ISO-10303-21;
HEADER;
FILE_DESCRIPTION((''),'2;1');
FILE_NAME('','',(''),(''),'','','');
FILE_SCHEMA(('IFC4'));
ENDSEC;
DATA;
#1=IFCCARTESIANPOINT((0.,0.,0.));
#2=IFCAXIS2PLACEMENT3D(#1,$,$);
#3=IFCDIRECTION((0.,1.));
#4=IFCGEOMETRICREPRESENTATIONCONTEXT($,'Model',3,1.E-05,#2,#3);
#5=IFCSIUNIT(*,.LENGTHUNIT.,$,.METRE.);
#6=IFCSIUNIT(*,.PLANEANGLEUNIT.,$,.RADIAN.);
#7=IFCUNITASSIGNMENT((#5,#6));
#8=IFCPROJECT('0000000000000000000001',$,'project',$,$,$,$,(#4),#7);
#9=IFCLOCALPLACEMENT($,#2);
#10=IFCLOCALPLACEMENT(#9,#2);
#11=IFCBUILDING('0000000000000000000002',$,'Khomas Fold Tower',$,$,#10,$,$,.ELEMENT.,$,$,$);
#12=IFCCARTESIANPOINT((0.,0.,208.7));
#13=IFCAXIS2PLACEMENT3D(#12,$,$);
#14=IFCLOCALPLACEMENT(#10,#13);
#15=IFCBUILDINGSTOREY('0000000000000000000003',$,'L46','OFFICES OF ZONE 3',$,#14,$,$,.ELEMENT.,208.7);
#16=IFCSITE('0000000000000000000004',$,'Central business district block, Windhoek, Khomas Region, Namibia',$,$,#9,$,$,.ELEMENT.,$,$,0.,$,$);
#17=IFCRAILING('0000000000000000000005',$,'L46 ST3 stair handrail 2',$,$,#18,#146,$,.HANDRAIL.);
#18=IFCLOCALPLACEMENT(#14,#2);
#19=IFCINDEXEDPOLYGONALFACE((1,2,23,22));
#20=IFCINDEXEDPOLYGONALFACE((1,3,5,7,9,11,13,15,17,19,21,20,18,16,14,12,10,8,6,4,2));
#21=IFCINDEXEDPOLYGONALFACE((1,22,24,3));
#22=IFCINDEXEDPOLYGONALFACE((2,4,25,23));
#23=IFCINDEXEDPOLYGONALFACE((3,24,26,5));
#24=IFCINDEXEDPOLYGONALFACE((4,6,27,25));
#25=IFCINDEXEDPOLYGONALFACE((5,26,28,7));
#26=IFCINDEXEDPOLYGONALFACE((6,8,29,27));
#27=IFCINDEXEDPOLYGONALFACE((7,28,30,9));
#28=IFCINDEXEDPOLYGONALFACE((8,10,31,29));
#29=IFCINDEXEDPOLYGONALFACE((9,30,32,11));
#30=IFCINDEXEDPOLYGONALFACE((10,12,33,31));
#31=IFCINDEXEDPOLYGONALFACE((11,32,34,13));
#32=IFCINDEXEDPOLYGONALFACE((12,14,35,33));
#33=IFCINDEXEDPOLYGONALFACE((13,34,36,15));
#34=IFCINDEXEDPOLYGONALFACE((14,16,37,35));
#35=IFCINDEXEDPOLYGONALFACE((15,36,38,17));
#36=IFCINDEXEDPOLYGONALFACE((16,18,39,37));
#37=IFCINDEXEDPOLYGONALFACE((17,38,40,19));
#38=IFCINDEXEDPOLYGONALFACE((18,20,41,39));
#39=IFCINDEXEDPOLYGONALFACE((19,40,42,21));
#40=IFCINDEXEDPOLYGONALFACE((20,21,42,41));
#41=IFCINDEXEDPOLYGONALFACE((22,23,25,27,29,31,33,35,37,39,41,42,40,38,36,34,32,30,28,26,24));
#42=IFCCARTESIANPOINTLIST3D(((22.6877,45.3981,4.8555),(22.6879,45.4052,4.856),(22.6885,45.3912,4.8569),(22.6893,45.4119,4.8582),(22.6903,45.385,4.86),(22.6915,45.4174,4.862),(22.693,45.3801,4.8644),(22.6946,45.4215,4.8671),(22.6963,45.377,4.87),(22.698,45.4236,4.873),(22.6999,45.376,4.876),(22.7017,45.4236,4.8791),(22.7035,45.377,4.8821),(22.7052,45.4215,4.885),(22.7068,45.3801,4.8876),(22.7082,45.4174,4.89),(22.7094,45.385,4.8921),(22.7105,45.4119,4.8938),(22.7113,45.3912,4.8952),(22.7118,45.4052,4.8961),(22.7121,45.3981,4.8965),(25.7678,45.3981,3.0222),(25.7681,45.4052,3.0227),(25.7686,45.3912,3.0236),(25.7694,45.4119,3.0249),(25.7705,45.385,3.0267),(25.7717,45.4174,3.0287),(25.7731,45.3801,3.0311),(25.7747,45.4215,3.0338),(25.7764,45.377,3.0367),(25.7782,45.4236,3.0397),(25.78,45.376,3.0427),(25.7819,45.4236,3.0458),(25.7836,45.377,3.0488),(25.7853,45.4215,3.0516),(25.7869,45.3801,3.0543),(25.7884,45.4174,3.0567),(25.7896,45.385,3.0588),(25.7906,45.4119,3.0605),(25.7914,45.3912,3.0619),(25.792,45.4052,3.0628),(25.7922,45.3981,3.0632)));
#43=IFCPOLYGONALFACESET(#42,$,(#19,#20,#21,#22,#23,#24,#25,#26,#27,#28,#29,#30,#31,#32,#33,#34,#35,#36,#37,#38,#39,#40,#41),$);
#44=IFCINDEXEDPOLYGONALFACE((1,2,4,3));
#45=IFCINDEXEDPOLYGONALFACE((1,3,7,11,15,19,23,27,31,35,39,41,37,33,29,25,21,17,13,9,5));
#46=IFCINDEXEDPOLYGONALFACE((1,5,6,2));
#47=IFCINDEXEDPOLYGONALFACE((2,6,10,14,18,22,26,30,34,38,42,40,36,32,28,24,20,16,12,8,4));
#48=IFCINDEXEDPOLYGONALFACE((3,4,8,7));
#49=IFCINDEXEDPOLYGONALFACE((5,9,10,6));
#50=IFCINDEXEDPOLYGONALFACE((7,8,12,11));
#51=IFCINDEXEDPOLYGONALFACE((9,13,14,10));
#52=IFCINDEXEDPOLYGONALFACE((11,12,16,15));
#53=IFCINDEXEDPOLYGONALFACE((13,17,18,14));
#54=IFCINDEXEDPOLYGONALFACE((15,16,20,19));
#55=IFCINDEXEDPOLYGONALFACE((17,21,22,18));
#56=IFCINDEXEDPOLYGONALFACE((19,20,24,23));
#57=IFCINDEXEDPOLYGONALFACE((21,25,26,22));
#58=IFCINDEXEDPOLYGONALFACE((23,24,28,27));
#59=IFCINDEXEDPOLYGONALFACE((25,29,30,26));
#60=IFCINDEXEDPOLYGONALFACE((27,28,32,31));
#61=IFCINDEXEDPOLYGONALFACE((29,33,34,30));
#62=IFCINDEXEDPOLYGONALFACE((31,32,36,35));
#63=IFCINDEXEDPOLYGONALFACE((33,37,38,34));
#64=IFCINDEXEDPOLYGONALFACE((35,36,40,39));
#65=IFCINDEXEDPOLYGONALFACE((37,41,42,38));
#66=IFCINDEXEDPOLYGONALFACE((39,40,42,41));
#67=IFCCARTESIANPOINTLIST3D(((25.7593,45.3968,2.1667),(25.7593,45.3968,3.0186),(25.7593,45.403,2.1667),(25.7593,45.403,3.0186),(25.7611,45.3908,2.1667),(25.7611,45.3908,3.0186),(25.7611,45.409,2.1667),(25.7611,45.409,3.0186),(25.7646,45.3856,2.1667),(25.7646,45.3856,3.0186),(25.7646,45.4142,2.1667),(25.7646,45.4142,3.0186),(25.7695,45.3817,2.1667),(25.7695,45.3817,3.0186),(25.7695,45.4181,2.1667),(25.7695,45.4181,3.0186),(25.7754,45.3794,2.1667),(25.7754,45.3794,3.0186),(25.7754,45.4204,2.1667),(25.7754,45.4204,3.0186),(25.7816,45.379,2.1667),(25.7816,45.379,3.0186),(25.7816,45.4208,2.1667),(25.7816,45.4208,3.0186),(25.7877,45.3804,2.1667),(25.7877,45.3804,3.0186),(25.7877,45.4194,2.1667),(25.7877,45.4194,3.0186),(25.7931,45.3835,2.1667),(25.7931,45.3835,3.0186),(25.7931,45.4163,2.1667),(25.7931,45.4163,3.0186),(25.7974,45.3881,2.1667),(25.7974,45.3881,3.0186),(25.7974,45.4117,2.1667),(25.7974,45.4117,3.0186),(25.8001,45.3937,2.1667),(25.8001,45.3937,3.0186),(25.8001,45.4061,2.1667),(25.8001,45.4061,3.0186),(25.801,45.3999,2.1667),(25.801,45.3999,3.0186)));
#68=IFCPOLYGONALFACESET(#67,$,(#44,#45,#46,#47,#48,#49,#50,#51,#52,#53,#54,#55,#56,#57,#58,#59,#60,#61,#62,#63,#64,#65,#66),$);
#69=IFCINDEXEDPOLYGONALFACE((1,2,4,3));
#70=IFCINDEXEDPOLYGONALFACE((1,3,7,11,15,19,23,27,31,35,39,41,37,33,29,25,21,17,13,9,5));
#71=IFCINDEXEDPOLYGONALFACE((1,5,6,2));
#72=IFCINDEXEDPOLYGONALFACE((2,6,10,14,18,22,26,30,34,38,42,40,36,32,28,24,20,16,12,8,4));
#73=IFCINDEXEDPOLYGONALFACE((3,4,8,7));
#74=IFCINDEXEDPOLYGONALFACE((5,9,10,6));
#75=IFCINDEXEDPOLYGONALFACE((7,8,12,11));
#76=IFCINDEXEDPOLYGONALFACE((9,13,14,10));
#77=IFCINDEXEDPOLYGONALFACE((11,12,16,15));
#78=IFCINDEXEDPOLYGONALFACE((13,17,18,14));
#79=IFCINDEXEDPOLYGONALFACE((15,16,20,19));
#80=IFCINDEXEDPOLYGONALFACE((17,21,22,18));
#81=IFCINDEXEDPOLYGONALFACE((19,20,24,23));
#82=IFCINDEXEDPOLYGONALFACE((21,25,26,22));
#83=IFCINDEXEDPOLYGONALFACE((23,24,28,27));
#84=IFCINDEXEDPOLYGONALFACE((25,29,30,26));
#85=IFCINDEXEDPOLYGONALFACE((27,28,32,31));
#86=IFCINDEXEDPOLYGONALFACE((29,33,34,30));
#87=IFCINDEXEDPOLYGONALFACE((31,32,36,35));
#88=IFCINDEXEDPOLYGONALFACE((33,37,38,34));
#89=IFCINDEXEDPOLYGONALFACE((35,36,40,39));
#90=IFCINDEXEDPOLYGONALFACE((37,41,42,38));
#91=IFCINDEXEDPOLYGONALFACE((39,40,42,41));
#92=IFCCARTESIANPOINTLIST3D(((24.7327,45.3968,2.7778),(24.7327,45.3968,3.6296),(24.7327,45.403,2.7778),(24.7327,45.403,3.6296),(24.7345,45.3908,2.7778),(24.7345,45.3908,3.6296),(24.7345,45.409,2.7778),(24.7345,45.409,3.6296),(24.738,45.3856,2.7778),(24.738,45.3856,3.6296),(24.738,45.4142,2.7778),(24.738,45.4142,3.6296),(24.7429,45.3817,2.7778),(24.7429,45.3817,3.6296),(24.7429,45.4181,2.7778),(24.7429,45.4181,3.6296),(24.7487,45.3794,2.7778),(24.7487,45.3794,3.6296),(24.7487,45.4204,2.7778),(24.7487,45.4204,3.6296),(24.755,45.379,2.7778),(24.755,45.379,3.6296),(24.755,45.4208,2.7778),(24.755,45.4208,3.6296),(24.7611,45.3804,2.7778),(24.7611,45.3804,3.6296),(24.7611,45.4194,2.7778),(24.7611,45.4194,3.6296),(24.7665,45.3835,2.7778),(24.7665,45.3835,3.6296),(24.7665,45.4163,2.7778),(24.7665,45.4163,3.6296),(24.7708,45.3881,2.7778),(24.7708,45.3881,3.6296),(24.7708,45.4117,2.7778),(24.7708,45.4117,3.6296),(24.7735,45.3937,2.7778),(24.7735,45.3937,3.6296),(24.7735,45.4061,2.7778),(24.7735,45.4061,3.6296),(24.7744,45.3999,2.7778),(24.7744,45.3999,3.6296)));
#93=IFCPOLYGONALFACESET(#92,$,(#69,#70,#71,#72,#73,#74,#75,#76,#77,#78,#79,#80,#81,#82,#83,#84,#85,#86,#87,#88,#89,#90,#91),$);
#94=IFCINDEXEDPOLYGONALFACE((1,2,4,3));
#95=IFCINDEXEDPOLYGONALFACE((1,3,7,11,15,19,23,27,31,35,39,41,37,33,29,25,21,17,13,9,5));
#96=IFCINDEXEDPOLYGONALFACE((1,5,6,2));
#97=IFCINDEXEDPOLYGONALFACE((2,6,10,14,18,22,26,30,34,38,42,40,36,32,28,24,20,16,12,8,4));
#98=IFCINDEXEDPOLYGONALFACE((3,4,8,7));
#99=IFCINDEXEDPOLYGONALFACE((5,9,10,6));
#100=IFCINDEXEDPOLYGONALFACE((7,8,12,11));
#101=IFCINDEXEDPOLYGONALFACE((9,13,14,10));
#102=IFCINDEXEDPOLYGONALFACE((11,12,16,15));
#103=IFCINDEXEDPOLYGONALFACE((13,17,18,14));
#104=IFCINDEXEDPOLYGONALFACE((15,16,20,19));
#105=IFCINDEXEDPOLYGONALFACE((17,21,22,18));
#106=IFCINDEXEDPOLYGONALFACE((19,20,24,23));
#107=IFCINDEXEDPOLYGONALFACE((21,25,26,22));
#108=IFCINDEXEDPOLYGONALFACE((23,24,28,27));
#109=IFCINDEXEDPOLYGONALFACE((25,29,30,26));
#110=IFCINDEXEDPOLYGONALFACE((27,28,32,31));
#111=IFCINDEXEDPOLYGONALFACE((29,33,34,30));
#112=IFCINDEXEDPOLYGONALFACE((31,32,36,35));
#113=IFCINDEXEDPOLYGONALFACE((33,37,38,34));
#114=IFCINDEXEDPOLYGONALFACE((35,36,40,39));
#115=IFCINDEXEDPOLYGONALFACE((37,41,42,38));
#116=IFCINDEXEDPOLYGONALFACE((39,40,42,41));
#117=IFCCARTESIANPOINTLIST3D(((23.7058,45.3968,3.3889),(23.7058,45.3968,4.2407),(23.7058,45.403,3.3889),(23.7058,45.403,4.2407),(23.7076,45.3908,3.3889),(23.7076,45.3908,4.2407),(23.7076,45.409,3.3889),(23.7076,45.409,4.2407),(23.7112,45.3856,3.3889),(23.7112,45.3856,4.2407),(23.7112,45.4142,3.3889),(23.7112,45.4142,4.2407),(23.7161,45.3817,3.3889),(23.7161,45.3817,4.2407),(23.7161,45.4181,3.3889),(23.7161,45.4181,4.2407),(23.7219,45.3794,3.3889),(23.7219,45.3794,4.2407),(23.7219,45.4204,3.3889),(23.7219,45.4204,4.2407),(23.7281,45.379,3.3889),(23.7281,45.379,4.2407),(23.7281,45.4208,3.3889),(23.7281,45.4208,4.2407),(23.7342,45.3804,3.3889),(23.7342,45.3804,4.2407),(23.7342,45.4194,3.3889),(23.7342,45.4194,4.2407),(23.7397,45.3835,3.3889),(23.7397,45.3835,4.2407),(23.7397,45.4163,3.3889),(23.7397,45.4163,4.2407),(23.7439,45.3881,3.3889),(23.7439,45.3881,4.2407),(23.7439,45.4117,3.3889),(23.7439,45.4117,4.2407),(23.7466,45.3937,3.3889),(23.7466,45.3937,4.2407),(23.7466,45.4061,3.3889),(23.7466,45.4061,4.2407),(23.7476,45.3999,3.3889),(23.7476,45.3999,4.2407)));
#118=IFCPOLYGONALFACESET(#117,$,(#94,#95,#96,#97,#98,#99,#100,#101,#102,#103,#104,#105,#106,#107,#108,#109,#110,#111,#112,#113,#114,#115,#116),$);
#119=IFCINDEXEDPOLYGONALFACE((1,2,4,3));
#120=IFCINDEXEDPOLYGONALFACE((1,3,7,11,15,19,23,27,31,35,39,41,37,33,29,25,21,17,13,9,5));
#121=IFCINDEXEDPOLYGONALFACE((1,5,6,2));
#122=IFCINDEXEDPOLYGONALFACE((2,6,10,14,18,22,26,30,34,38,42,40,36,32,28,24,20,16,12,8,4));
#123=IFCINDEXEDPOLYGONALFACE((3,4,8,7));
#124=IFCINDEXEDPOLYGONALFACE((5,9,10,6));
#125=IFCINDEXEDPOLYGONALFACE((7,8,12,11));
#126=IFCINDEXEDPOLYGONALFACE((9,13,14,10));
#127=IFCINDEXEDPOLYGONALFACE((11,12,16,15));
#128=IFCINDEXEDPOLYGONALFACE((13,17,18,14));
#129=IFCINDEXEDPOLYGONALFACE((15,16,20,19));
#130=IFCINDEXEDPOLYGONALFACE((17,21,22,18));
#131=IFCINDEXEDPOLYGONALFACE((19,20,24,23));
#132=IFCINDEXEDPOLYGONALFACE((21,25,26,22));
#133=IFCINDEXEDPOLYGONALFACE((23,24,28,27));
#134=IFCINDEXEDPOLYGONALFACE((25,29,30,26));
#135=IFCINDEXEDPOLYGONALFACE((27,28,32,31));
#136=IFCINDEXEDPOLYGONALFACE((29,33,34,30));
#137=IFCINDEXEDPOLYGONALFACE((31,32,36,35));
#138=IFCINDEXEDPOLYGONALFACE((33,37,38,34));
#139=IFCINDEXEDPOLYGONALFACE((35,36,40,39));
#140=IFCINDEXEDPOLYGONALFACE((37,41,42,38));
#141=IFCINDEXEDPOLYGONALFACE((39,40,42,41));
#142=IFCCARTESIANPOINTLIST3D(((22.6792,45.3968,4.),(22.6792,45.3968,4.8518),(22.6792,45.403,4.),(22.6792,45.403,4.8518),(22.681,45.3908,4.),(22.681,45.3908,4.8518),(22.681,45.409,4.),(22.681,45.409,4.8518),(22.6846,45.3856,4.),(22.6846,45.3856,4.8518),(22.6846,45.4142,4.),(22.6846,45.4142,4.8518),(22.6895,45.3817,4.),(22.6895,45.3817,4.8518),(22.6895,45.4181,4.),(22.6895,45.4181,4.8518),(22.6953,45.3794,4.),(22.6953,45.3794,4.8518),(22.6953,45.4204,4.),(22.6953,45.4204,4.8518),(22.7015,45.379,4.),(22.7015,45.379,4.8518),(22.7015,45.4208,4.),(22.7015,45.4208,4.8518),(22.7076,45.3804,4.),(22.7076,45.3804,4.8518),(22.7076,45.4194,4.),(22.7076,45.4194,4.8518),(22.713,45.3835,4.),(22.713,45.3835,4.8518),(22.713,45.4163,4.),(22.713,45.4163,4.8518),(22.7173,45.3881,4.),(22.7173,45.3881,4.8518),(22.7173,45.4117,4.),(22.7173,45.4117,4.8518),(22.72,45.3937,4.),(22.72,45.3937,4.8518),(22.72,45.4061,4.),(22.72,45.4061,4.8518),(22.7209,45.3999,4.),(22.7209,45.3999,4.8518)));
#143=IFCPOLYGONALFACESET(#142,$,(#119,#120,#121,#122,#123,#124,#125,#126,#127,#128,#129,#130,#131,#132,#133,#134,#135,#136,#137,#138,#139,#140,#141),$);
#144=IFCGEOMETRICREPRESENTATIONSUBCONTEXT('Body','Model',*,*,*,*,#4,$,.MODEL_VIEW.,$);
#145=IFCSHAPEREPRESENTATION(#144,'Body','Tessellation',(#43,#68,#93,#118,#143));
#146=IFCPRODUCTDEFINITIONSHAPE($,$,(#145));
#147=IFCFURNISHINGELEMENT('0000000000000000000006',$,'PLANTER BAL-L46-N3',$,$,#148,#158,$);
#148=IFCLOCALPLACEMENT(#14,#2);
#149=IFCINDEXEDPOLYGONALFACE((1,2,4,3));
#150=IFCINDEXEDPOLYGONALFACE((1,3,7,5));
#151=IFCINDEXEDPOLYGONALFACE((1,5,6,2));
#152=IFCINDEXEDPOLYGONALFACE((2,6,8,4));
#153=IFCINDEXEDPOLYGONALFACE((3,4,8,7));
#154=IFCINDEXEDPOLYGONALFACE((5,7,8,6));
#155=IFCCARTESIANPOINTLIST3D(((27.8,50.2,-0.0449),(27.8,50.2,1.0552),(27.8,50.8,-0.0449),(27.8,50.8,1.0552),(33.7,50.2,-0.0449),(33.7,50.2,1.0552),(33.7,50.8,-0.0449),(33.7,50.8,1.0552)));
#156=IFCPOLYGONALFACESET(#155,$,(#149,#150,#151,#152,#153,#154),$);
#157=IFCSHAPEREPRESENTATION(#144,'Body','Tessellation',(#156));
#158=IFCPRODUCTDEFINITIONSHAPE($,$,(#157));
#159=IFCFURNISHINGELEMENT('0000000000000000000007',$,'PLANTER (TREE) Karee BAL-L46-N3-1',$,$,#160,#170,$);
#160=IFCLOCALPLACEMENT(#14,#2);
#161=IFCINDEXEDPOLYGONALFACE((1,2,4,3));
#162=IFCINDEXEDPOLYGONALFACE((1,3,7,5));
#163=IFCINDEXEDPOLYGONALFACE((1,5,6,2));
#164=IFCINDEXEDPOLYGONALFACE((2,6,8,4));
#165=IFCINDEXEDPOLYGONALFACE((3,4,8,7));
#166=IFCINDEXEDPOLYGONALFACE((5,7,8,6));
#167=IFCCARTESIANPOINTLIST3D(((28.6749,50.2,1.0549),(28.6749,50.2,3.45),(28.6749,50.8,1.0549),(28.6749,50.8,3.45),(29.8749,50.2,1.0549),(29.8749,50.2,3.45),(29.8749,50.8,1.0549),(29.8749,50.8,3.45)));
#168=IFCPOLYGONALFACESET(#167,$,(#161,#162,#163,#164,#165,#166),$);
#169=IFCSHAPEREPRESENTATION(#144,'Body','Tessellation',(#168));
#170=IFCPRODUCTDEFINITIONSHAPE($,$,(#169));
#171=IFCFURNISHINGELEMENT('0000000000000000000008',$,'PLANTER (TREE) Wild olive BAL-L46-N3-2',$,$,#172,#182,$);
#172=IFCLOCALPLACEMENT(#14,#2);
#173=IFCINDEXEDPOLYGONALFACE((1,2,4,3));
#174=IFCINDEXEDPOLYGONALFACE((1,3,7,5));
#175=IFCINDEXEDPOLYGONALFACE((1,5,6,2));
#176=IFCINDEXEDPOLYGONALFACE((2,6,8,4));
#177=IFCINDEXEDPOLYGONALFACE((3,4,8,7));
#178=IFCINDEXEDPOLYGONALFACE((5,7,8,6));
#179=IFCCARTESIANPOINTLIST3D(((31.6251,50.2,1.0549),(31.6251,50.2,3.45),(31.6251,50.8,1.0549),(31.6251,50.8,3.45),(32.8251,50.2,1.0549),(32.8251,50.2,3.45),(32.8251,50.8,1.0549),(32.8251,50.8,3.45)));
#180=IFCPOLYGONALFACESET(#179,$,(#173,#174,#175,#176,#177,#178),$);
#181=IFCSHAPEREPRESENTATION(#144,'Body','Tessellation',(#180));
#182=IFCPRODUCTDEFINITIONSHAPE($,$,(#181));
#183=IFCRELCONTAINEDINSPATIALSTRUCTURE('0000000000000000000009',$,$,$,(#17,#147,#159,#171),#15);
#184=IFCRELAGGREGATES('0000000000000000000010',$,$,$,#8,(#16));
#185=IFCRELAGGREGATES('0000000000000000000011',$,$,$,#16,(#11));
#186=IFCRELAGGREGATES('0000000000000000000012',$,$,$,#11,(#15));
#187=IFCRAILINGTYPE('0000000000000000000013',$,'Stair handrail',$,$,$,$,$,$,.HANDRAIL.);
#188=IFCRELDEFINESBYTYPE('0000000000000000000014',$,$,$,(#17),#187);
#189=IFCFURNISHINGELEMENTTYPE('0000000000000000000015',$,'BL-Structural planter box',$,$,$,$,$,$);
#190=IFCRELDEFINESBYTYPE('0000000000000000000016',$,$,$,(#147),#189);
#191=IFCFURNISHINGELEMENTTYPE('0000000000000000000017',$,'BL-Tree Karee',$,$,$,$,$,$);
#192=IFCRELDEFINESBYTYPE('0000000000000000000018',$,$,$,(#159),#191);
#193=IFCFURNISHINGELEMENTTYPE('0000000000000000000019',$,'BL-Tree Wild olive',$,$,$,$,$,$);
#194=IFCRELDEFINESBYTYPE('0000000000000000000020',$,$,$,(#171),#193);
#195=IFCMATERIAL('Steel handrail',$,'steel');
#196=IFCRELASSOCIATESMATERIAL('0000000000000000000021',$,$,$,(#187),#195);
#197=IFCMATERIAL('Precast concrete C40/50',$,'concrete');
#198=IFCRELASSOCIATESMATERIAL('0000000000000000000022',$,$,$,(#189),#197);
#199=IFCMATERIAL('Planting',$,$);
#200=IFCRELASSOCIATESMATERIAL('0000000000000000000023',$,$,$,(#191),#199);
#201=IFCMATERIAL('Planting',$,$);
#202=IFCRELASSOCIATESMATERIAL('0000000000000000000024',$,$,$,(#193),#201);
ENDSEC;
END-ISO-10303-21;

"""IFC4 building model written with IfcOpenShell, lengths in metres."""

from ifc_helpers import new_model, si_unit, direction, frame, origin, origin_2d, place, context, subcontext, project, spatial, rectangle, circle, extrude, source, transform, mapped, material, type_object, element, save


model = new_model("IFC4")

# Units and contexts
model_context = context("Model", 3, precision=1e-05, world=origin(), true_north=direction((0.0, 1.0)))
body_context = subcontext(model_context, "Body", "Model", "MODEL_VIEW")
ifc_project = project(units=[si_unit("LENGTHUNIT", "METRE"), si_unit("PLANEANGLEUNIT", "RADIAN")], contexts=[model_context])

# Site, building, storey
site_placement = place(None, origin())
site = spatial("IfcSite", under=ifc_project, at=site_placement, Name="Central business district block, Windhoek, Khomas Region, Namibia", CompositionType="ELEMENT", RefElevation=0.0)
building_placement = place(site_placement, origin())
building = spatial("IfcBuilding", under=site, at=building_placement, Name="Khomas Fold Tower", CompositionType="ELEMENT")
storey_placement = place(building_placement, frame((0.0, 0.0, 208.7)))
storey = spatial("IfcBuildingStorey", under=building, at=storey_placement, Name="L46", Description="OFFICES OF ZONE 3", CompositionType="ELEMENT", Elevation=208.7)

# Railing
ifc_material_1 = material(Name="Steel handrail", Category="steel")
railing_type_1 = type_object("IfcRailingType", Name="Stair handrail", PredefinedType="HANDRAIL", material=ifc_material_1)
shared_shape_1 = source(origin(), body_context, "Body", "SweptSolid", [
    extrude(circle(Radius=0.0239, at=origin_2d()), frame((0.0, 0.0, 0.876), z_axis=(-0.859309, 0.0, 0.511458), x_axis=(0.0, -1.0, 0.0)), (0.0, 0.0, 1.0), 3.5845),
    extrude(circle(Radius=0.021, at=origin_2d()), origin(), (0.0, 0.0, 1.0), 0.8518),
    extrude(circle(Radius=0.021, at=origin_2d()), frame((-1.0266, 0.0, 0.6111)), (0.0, 0.0, 1.0), 0.8518),
    extrude(circle(Radius=0.021, at=origin_2d()), frame((-2.0535, 0.0, 1.2222)), (0.0, 0.0, 1.0), 0.8518),
    extrude(circle(Radius=0.021, at=origin_2d()), frame((-3.0801, 0.0, 1.8333)), (0.0, 0.0, 1.0), 0.8518),
])
railing_1_placement = place(storey_placement, frame((25.78, 45.3999, 2.1667)))
element("IfcRailing", 1, at=railing_1_placement, inside=storey, type_object=railing_type_1, Name="L46 ST3 stair handrail 2", PredefinedType="HANDRAIL", context=body_context, shape_type="MappedRepresentation", body=[
    mapped(shared_shape_1, transform((0.0, 0.0, 0.0))),
])

# Furnishing elements
ifc_material_2 = material(Name="Precast concrete C40/50", Category="concrete")
furnishing_element_type_1 = type_object("IfcFurnishingElementType", Name="BL-Structural planter box", material=ifc_material_2)
shared_shape_2 = source(origin(), body_context, "Body", "SweptSolid", [
    extrude(rectangle(XDim=5.8999, YDim=0.6001, at=origin_2d()), origin(), (0.0, 0.0, 1.0), 1.1001),
])
furnishing_1_placement = place(storey_placement, frame((30.75, 50.5, -0.0449), z_axis=(0.0, 0.0, 1.0), x_axis=(1.0, 0.0, 0.0)))
element("IfcFurnishingElement", 2, at=furnishing_1_placement, inside=storey, type_object=furnishing_element_type_1, Name="PLANTER BAL-L46-N3", context=body_context, shape_type="MappedRepresentation", body=[
    mapped(shared_shape_2, transform((0.0, 0.0, 0.0))),
])
ifc_material_3 = material(Name="Planting")
furnishing_element_type_2 = type_object("IfcFurnishingElementType", Name="BL-Tree Karee", material=ifc_material_3)
shared_shape_3 = source(origin(), body_context, "Body", "SweptSolid", [
    extrude(rectangle(XDim=1.2, YDim=0.6001, at=origin_2d()), origin(), (0.0, 0.0, 1.0), 2.395),
])
furnishing_2_placement = place(storey_placement, frame((29.2749, 50.5, 1.0549), z_axis=(0.0, 0.0, 1.0), x_axis=(1.0, 0.0, 0.0)))
element("IfcFurnishingElement", 3, at=furnishing_2_placement, inside=storey, type_object=furnishing_element_type_2, Name="PLANTER (TREE) Karee BAL-L46-N3-1", context=body_context, shape_type="MappedRepresentation", body=[
    mapped(shared_shape_3, transform((0.0, 0.0, 0.0))),
])
ifc_material_4 = material(Name="Planting")
furnishing_element_type_3 = type_object("IfcFurnishingElementType", Name="BL-Tree Wild olive", material=ifc_material_4)
furnishing_3_placement = place(storey_placement, frame((32.2251, 50.5, 1.0549), z_axis=(0.0, 0.0, 1.0), x_axis=(1.0, 0.0, 0.0)))
element("IfcFurnishingElement", 4, at=furnishing_3_placement, inside=storey, type_object=furnishing_element_type_3, Name="PLANTER (TREE) Wild olive BAL-L46-N3-2", context=body_context, shape_type="MappedRepresentation", body=[
    mapped(shared_shape_3, transform((0.0, 0.0, 0.0))),
])

save(model, "model.ifc")
